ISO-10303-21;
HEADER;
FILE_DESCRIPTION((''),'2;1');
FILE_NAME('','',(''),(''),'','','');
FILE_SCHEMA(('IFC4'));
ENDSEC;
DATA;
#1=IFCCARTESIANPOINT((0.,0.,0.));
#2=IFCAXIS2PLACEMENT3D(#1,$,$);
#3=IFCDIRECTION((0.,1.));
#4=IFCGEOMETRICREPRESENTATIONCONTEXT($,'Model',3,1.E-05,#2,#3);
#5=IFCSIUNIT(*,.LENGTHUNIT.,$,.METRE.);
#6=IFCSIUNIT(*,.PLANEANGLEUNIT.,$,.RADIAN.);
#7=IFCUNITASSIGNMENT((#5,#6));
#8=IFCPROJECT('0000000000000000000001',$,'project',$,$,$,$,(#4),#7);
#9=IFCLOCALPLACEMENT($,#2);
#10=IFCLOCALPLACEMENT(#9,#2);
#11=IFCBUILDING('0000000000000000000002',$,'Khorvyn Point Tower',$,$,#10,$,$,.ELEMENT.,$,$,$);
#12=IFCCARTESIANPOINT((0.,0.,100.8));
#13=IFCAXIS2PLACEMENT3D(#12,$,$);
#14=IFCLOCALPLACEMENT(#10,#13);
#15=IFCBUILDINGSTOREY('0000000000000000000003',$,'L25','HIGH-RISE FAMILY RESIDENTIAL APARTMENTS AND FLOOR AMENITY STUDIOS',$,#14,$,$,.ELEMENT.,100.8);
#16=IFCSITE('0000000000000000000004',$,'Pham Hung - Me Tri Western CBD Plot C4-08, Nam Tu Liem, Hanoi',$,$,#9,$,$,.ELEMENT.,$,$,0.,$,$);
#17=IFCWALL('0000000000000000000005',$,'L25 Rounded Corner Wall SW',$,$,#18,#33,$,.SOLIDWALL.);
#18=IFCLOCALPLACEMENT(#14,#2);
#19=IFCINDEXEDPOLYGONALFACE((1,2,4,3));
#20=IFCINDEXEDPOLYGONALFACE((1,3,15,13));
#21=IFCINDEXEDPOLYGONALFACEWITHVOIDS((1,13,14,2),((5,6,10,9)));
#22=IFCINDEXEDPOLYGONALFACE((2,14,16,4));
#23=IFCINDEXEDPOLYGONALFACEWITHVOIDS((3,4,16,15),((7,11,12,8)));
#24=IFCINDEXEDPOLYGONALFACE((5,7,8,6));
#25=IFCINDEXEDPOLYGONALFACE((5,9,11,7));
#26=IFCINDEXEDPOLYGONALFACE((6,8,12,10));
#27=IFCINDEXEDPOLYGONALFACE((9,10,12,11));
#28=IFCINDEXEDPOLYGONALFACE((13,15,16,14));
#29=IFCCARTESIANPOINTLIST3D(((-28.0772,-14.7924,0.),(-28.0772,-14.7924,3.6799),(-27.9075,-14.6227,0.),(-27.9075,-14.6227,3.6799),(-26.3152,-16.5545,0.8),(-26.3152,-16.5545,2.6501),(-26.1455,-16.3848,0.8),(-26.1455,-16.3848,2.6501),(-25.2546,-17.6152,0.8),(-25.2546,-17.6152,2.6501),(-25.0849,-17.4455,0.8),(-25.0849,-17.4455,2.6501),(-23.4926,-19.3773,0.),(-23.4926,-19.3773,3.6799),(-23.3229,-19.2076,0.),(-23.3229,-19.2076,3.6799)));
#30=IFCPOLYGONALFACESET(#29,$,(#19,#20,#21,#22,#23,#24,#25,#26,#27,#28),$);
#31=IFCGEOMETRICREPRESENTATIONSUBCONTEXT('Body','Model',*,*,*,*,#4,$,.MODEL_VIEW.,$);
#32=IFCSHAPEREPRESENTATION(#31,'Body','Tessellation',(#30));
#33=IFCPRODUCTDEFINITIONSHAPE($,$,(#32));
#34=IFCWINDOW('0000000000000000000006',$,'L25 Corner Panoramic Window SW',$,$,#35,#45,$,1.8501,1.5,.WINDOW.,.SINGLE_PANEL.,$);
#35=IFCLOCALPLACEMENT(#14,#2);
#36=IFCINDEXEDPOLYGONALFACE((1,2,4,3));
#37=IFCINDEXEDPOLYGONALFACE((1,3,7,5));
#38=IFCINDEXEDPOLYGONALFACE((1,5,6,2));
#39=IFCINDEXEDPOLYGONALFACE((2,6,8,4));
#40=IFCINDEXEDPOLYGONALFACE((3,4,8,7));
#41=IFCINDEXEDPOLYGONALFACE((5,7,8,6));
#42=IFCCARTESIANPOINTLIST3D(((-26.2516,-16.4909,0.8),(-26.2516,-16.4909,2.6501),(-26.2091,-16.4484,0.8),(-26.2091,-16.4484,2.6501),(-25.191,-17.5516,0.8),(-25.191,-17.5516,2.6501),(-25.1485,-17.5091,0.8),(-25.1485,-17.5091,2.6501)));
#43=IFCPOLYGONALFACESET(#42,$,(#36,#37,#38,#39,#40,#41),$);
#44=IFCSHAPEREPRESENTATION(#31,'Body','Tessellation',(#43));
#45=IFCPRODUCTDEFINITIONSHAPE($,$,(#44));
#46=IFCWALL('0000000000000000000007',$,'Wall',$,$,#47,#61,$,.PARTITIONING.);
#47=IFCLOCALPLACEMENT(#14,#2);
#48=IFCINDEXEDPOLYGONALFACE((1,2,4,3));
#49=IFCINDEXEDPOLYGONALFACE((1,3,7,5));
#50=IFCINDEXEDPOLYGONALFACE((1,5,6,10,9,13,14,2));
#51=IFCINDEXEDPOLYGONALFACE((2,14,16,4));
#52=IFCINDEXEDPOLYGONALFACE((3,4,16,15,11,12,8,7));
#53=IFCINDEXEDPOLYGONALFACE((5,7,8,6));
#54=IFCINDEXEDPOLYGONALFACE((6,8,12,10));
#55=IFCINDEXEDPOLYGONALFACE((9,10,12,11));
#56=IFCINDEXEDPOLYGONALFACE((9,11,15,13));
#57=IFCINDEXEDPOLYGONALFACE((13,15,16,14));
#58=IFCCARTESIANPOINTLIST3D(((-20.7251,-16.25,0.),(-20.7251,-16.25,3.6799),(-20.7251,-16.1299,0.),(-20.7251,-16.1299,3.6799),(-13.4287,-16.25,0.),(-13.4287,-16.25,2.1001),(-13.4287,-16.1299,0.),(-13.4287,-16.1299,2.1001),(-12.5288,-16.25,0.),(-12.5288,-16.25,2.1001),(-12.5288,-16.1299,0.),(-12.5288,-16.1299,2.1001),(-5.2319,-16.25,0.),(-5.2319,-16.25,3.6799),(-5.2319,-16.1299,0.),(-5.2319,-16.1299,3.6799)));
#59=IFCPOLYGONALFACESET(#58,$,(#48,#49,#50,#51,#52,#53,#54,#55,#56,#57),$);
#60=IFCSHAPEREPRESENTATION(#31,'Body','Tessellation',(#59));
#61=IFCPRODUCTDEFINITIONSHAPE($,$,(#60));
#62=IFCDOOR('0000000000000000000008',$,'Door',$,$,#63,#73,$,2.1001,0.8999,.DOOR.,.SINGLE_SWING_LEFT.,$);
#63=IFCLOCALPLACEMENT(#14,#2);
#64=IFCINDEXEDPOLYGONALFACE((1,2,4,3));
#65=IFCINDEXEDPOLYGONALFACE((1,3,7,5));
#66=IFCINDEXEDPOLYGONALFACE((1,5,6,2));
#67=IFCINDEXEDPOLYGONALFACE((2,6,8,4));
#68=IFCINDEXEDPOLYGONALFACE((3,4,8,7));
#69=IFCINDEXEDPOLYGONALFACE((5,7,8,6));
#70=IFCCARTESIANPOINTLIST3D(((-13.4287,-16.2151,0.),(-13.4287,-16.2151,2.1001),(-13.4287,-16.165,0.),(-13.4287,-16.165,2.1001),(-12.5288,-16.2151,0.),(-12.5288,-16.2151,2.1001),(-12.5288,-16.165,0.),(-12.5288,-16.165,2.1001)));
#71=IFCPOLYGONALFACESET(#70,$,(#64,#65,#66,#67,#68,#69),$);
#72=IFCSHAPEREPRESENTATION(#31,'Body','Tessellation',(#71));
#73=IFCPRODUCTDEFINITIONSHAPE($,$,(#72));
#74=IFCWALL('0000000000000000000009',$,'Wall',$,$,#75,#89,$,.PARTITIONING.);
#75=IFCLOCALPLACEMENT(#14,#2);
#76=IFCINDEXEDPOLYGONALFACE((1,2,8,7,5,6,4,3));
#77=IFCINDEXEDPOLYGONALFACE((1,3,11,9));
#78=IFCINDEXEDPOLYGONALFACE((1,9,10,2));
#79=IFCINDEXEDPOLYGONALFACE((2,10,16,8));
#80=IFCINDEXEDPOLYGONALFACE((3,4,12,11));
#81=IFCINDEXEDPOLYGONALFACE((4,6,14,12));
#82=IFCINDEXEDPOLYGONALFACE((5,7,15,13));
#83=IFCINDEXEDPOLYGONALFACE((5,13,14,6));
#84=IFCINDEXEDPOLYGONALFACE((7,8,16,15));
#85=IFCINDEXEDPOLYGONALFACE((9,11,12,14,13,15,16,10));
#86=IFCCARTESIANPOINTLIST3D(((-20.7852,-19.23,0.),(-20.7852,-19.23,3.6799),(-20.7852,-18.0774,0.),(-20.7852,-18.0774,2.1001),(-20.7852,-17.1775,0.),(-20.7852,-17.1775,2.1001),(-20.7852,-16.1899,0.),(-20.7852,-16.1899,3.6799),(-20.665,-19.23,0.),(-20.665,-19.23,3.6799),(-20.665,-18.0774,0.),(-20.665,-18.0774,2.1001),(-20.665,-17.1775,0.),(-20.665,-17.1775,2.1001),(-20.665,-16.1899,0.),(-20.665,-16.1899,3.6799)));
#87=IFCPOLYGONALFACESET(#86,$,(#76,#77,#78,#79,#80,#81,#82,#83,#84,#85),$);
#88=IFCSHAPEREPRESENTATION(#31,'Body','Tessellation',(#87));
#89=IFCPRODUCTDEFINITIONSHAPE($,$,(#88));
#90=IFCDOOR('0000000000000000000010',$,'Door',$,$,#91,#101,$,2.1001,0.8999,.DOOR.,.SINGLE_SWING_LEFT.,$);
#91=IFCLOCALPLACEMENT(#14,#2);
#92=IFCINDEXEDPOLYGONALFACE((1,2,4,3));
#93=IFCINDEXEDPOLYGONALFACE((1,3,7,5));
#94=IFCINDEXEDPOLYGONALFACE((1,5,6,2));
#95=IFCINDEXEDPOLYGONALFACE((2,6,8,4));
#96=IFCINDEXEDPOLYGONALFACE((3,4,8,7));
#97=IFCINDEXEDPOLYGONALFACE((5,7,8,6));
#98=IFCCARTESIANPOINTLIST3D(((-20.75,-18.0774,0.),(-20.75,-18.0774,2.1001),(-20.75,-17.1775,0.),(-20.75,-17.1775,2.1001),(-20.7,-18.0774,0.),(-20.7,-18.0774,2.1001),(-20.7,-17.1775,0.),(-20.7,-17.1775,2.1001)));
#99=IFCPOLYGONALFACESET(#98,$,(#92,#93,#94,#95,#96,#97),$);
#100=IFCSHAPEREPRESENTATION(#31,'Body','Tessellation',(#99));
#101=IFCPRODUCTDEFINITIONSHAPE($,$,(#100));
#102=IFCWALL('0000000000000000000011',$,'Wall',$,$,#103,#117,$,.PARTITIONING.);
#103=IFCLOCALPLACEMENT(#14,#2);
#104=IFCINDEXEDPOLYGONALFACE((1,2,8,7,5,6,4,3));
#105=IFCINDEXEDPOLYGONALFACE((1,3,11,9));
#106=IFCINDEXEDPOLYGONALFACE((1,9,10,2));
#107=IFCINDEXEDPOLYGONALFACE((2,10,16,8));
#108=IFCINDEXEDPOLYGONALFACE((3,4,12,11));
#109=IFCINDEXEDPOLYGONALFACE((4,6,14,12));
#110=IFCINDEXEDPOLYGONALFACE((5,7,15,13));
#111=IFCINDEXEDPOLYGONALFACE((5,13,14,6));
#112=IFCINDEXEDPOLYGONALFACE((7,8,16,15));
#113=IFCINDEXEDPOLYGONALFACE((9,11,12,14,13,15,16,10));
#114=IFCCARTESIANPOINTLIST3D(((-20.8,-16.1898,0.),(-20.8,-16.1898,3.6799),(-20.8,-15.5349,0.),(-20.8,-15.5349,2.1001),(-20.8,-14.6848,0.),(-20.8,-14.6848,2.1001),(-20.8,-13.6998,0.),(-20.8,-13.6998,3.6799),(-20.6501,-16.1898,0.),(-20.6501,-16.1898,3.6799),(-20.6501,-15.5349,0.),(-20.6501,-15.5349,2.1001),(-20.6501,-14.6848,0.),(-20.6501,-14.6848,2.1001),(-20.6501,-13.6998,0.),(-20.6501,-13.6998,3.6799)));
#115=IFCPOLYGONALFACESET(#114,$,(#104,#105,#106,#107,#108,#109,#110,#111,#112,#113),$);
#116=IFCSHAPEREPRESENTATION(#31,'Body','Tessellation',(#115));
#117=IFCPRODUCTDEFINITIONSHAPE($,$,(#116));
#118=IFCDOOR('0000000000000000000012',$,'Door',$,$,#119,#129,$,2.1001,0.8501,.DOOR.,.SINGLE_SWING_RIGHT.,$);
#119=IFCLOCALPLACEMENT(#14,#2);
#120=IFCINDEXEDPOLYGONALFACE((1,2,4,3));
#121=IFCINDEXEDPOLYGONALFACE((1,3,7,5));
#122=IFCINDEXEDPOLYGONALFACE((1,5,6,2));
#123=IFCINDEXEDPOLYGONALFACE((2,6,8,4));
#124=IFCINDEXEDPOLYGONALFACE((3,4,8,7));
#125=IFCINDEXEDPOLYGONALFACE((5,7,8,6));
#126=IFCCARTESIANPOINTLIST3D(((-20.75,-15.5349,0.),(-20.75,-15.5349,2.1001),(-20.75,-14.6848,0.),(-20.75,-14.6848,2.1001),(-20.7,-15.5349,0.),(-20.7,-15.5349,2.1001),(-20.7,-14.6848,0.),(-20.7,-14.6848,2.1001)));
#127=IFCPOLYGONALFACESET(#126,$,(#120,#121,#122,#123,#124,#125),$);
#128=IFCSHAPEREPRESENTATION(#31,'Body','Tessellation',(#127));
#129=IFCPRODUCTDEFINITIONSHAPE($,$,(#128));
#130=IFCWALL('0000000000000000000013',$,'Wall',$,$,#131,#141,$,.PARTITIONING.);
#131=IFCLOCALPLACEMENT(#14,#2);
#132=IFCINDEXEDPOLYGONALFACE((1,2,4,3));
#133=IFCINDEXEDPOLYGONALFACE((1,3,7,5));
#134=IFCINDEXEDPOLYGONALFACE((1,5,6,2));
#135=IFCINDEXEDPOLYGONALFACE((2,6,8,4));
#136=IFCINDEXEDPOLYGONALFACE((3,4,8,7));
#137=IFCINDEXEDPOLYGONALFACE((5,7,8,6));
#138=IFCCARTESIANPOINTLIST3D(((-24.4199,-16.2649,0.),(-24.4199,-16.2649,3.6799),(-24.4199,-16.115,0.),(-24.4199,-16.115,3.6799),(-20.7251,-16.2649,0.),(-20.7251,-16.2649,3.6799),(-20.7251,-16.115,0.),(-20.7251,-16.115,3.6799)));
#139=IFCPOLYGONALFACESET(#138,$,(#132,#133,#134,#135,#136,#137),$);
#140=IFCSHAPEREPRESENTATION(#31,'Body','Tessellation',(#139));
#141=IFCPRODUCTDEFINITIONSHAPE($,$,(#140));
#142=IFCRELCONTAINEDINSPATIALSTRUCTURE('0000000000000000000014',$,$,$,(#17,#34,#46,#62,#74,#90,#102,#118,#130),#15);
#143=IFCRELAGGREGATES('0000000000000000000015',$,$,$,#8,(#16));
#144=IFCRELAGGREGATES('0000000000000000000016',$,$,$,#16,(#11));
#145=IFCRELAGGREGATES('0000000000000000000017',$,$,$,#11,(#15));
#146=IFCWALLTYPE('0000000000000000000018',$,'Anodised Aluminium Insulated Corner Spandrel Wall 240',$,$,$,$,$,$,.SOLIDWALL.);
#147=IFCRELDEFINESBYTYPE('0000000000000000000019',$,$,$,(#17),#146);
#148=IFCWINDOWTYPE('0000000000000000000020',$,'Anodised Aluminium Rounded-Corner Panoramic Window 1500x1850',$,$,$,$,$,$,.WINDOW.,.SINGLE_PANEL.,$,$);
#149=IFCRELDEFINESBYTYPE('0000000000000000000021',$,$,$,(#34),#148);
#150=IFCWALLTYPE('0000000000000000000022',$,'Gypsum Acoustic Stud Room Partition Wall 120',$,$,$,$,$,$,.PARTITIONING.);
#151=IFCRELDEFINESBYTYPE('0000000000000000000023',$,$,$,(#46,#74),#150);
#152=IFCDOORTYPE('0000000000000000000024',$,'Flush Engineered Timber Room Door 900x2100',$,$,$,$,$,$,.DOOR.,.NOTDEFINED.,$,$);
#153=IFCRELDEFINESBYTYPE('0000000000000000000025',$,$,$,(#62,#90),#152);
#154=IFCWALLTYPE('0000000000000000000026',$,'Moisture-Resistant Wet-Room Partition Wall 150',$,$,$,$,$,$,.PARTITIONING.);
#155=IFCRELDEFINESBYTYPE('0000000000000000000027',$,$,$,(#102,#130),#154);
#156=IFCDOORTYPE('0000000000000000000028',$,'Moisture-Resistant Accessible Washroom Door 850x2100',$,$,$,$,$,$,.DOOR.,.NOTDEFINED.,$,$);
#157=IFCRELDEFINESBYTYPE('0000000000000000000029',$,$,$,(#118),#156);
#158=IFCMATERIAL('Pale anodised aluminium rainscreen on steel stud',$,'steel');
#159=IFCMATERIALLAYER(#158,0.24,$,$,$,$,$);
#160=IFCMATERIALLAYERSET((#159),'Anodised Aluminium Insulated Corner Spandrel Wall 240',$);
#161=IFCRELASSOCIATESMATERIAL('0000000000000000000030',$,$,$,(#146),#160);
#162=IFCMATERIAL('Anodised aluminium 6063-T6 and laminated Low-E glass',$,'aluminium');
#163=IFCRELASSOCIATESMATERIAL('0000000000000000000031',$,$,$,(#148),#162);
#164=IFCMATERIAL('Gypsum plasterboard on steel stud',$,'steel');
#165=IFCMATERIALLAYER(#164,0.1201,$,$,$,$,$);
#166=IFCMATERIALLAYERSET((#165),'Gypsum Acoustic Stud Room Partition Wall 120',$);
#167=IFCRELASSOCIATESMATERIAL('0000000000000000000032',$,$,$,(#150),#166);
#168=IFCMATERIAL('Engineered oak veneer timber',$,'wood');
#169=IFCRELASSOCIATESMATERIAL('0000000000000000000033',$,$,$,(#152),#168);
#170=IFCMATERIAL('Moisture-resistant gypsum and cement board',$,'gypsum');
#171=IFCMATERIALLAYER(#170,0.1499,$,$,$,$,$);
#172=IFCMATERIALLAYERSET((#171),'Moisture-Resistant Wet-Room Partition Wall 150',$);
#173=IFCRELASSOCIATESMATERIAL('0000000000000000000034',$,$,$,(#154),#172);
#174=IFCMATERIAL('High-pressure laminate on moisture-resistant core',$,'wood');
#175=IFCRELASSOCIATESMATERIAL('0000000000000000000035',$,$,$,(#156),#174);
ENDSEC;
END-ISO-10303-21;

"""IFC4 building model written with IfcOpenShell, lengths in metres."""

from ifc_helpers import new_model, si_unit, direction, frame, frame_2d, origin, place, context, subcontext, project, spatial, rectangle, extrude, material, layer, layer_set, type_object, element, fill, save


model = new_model("IFC4")

# Units and contexts
model_context = context("Model", 3, precision=1e-05, world=origin(), true_north=direction((0.0, 1.0)))
body_context = subcontext(model_context, "Body", "Model", "MODEL_VIEW")
ifc_project = project(units=[si_unit("LENGTHUNIT", "METRE"), si_unit("PLANEANGLEUNIT", "RADIAN")], contexts=[model_context])

# Site, building, storey
site_placement = place(None, origin())
site = spatial("IfcSite", under=ifc_project, at=site_placement, Name="Pham Hung - Me Tri Western CBD Plot C4-08, Nam Tu Liem, Hanoi", CompositionType="ELEMENT", RefElevation=0.0)
building_placement = place(site_placement, origin())
building = spatial("IfcBuilding", under=site, at=building_placement, Name="Khorvyn Point Tower", CompositionType="ELEMENT")
storey_placement = place(building_placement, frame((0.0, 0.0, 100.8)))
storey = spatial("IfcBuildingStorey", under=building, at=storey_placement, Name="L25", Description="HIGH-RISE FAMILY RESIDENTIAL APARTMENTS AND FLOOR AMENITY STUDIOS", CompositionType="ELEMENT", Elevation=100.8)

# Shared definitions
ifc_material_1 = material(Name="Anodised aluminium 6063-T6 and laminated Low-E glass", Category="aluminium")

# Wall, opening, window
ifc_material_2 = material(Name="Pale anodised aluminium rainscreen on steel stud", Category="steel")
ifc_layer_1 = layer(ifc_material_2, 0.24)
ifc_layer_set_1 = layer_set([ifc_layer_1], Name="Anodised Aluminium Insulated Corner Spandrel Wall 240")
wall_type_1 = type_object("IfcWallType", Name="Anodised Aluminium Insulated Corner Spandrel Wall 240", PredefinedType="SOLIDWALL", material=ifc_layer_set_1)
wall_1_placement = place(storey_placement, frame((-23.4077, -19.2925, 0.0), z_axis=(0.0, 0.0, 1.0), x_axis=(-0.707088, 0.707126, 0.0)))
wall_1 = element("IfcWall", 1, at=wall_1_placement, inside=storey, type_object=wall_type_1, Name="L25 Rounded Corner Wall SW", PredefinedType="SOLIDWALL", context=body_context, shape_type="SweptSolid", body=[
    extrude(rectangle(XDim=6.4839, YDim=0.24, at=frame_2d((3.2419, 0.0))), origin(), (0.0, 0.0, 1.0), 3.6799),
])
opening_1_placement = place(wall_1_placement, frame((2.4919, 0.0, 0.8)))
opening_1 = element("IfcOpeningElement", 2, at=opening_1_placement, cuts=wall_1, PredefinedType="OPENING", context=body_context, shape_type="SweptSolid", body=[
    extrude(rectangle(XDim=1.5, YDim=1.8501, at=frame_2d((0.75, 0.925))), frame((0.0, 0.1299, 0.0), z_axis=(0.0, -1.0, 0.0), x_axis=(1.0, 0.0, 0.0)), (0.0, 0.0, 1.0), 0.26),
])
window_type = type_object("IfcWindowType", Name="Anodised Aluminium Rounded-Corner Panoramic Window 1500x1850", PartitioningType="SINGLE_PANEL", PredefinedType="WINDOW", material=ifc_material_1)
window_placement = place(opening_1_placement, origin())
window = element("IfcWindow", 3, at=window_placement, inside=storey, type_object=window_type, Name="L25 Corner Panoramic Window SW", OverallHeight=1.8501, OverallWidth=1.5, PartitioningType="SINGLE_PANEL", PredefinedType="WINDOW", context=body_context, shape_type="SweptSolid", body=[
    extrude(rectangle(XDim=1.5, YDim=1.8501, at=frame_2d((0.75, 0.925))), frame((0.0, 0.03, 0.0), z_axis=(0.0, -1.0, 0.0), x_axis=(1.0, 0.0, 0.0)), (0.0, 0.0, 1.0), 0.0601),
])
fill(opening_1, window)

# Walls, openings, doors
ifc_material_3 = material(Name="Gypsum plasterboard on steel stud", Category="steel")
ifc_layer_2 = layer(ifc_material_3, 0.1201)
ifc_layer_set_2 = layer_set([ifc_layer_2], Name="Gypsum Acoustic Stud Room Partition Wall 120")
wall_type_2 = type_object("IfcWallType", Name="Gypsum Acoustic Stud Room Partition Wall 120", PredefinedType="PARTITIONING", material=ifc_layer_set_2)
wall_2_placement = place(storey_placement, frame((-20.7251, -16.1899, 0.0), z_axis=(0.0, 0.0, 1.0), x_axis=(1.0, 0.0, 0.0)))
wall_2 = element("IfcWall", 4, at=wall_2_placement, inside=storey, type_object=wall_type_2, Name="Wall", PredefinedType="PARTITIONING", context=body_context, shape_type="SweptSolid", body=[
    extrude(rectangle(XDim=15.4932, YDim=0.1201, at=frame_2d((7.7466, 0.0))), origin(), (0.0, 0.0, 1.0), 3.6799),
])
opening_2_placement = place(wall_2_placement, frame((7.2964, 0.0, 0.0)))
opening_2 = element("IfcOpeningElement", 5, at=opening_2_placement, cuts=wall_2, PredefinedType="OPENING", context=body_context, shape_type="SweptSolid", body=[
    extrude(rectangle(XDim=0.8999, YDim=2.1001, at=frame_2d((0.45, 1.05))), frame((0.0, 0.0701, 0.0), z_axis=(0.0, -1.0, 0.0), x_axis=(1.0, 0.0, 0.0)), (0.0, 0.0, 1.0), 0.1401),
])
ifc_material_4 = material(Name="Engineered oak veneer timber", Category="wood")
door_type_1 = type_object("IfcDoorType", Name="Flush Engineered Timber Room Door 900x2100", OperationType="NOTDEFINED", PredefinedType="DOOR", material=ifc_material_4)
door_1_placement = place(opening_2_placement, origin())
door_1 = element("IfcDoor", 6, at=door_1_placement, inside=storey, type_object=door_type_1, Name="Door", OperationType="SINGLE_SWING_LEFT", OverallHeight=2.1001, OverallWidth=0.8999, PredefinedType="DOOR", context=body_context, shape_type="SweptSolid", body=[
    extrude(rectangle(XDim=0.8999, YDim=2.1001, at=frame_2d((0.45, 1.05))), frame((0.0, 0.0249, 0.0), z_axis=(0.0, -1.0, 0.0), x_axis=(1.0, 0.0, 0.0)), (0.0, 0.0, 1.0), 0.05),
])
fill(opening_2, door_1)
wall_3_placement = place(storey_placement, frame((-20.7251, -19.23, 0.0), z_axis=(0.0, 0.0, 1.0), x_axis=(0.0, 1.0, 0.0)))
wall_3 = element("IfcWall", 7, at=wall_3_placement, inside=storey, type_object=wall_type_2, Name="Wall", PredefinedType="PARTITIONING", context=body_context, shape_type="SweptSolid", body=[
    extrude(rectangle(XDim=3.04, YDim=0.1201, at=frame_2d((1.52, 0.0))), origin(), (0.0, 0.0, 1.0), 3.6799),
])
opening_3_placement = place(wall_3_placement, frame((1.1526, 0.0, 0.0)))
opening_3 = element("IfcOpeningElement", 8, at=opening_3_placement, cuts=wall_3, PredefinedType="OPENING", context=body_context, shape_type="SweptSolid", body=[
    extrude(rectangle(XDim=0.8999, YDim=2.1001, at=frame_2d((0.45, 1.05))), frame((0.0, 0.0701, 0.0), z_axis=(0.0, -1.0, 0.0), x_axis=(1.0, 0.0, 0.0)), (0.0, 0.0, 1.0), 0.1401),
])
door_2_placement = place(opening_3_placement, origin())
door_2 = element("IfcDoor", 9, at=door_2_placement, inside=storey, type_object=door_type_1, Name="Door", OperationType="SINGLE_SWING_LEFT", OverallHeight=2.1001, OverallWidth=0.8999, PredefinedType="DOOR", context=body_context, shape_type="SweptSolid", body=[
    extrude(rectangle(XDim=0.8999, YDim=2.1001, at=frame_2d((0.45, 1.05))), frame((0.0, 0.0249, 0.0), z_axis=(0.0, -1.0, 0.0), x_axis=(1.0, 0.0, 0.0)), (0.0, 0.0, 1.0), 0.05),
])
fill(opening_3, door_2)
ifc_material_5 = material(Name="Moisture-resistant gypsum and cement board", Category="gypsum")
ifc_layer_3 = layer(ifc_material_5, 0.1499)
ifc_layer_set_3 = layer_set([ifc_layer_3], Name="Moisture-Resistant Wet-Room Partition Wall 150")
wall_type_3 = type_object("IfcWallType", Name="Moisture-Resistant Wet-Room Partition Wall 150", PredefinedType="PARTITIONING", material=ifc_layer_set_3)
wall_4_placement = place(storey_placement, frame((-20.7251, -16.1899, 0.0), z_axis=(0.0, 0.0, 1.0), x_axis=(0.0, 1.0, 0.0)))
wall_4 = element("IfcWall", 10, at=wall_4_placement, inside=storey, type_object=wall_type_3, Name="Wall", PredefinedType="PARTITIONING", context=body_context, shape_type="SweptSolid", body=[
    extrude(rectangle(XDim=2.49, YDim=0.1499, at=frame_2d((1.2451, 0.0))), origin(), (0.0, 0.0, 1.0), 3.6799),
])
opening_4_placement = place(wall_4_placement, frame((0.655, 0.0, 0.0)))
opening_4 = element("IfcOpeningElement", 11, at=opening_4_placement, cuts=wall_4, PredefinedType="OPENING", context=body_context, shape_type="SweptSolid", body=[
    extrude(rectangle(XDim=0.8501, YDim=2.1001, at=frame_2d((0.425, 1.05))), frame((0.0, 0.085, 0.0), z_axis=(0.0, -1.0, 0.0), x_axis=(1.0, 0.0, 0.0)), (0.0, 0.0, 1.0), 0.1699),
])
ifc_material_6 = material(Name="High-pressure laminate on moisture-resistant core", Category="wood")
door_type_2 = type_object("IfcDoorType", Name="Moisture-Resistant Accessible Washroom Door 850x2100", OperationType="NOTDEFINED", PredefinedType="DOOR", material=ifc_material_6)
door_3_placement = place(opening_4_placement, origin())
door_3 = element("IfcDoor", 12, at=door_3_placement, inside=storey, type_object=door_type_2, Name="Door", OperationType="SINGLE_SWING_RIGHT", OverallHeight=2.1001, OverallWidth=0.8501, PredefinedType="DOOR", context=body_context, shape_type="SweptSolid", body=[
    extrude(rectangle(XDim=0.8501, YDim=2.1001, at=frame_2d((0.425, 1.05))), frame((0.0, 0.0249, 0.0), z_axis=(0.0, -1.0, 0.0), x_axis=(1.0, 0.0, 0.0)), (0.0, 0.0, 1.0), 0.05),
])
fill(opening_4, door_3)

# Wall
wall_5_placement = place(storey_placement, frame((-24.4199, -16.1899, 0.0), z_axis=(0.0, 0.0, 1.0), x_axis=(1.0, 0.0, 0.0)))
element("IfcWall", 13, at=wall_5_placement, inside=storey, type_object=wall_type_3, Name="Wall", PredefinedType="PARTITIONING", context=body_context, shape_type="SweptSolid", body=[
    extrude(rectangle(XDim=3.6948, YDim=0.1499, at=frame_2d((1.8474, 0.0))), origin(), (0.0, 0.0, 1.0), 3.6799),
])

save(model, "model.ifc")
